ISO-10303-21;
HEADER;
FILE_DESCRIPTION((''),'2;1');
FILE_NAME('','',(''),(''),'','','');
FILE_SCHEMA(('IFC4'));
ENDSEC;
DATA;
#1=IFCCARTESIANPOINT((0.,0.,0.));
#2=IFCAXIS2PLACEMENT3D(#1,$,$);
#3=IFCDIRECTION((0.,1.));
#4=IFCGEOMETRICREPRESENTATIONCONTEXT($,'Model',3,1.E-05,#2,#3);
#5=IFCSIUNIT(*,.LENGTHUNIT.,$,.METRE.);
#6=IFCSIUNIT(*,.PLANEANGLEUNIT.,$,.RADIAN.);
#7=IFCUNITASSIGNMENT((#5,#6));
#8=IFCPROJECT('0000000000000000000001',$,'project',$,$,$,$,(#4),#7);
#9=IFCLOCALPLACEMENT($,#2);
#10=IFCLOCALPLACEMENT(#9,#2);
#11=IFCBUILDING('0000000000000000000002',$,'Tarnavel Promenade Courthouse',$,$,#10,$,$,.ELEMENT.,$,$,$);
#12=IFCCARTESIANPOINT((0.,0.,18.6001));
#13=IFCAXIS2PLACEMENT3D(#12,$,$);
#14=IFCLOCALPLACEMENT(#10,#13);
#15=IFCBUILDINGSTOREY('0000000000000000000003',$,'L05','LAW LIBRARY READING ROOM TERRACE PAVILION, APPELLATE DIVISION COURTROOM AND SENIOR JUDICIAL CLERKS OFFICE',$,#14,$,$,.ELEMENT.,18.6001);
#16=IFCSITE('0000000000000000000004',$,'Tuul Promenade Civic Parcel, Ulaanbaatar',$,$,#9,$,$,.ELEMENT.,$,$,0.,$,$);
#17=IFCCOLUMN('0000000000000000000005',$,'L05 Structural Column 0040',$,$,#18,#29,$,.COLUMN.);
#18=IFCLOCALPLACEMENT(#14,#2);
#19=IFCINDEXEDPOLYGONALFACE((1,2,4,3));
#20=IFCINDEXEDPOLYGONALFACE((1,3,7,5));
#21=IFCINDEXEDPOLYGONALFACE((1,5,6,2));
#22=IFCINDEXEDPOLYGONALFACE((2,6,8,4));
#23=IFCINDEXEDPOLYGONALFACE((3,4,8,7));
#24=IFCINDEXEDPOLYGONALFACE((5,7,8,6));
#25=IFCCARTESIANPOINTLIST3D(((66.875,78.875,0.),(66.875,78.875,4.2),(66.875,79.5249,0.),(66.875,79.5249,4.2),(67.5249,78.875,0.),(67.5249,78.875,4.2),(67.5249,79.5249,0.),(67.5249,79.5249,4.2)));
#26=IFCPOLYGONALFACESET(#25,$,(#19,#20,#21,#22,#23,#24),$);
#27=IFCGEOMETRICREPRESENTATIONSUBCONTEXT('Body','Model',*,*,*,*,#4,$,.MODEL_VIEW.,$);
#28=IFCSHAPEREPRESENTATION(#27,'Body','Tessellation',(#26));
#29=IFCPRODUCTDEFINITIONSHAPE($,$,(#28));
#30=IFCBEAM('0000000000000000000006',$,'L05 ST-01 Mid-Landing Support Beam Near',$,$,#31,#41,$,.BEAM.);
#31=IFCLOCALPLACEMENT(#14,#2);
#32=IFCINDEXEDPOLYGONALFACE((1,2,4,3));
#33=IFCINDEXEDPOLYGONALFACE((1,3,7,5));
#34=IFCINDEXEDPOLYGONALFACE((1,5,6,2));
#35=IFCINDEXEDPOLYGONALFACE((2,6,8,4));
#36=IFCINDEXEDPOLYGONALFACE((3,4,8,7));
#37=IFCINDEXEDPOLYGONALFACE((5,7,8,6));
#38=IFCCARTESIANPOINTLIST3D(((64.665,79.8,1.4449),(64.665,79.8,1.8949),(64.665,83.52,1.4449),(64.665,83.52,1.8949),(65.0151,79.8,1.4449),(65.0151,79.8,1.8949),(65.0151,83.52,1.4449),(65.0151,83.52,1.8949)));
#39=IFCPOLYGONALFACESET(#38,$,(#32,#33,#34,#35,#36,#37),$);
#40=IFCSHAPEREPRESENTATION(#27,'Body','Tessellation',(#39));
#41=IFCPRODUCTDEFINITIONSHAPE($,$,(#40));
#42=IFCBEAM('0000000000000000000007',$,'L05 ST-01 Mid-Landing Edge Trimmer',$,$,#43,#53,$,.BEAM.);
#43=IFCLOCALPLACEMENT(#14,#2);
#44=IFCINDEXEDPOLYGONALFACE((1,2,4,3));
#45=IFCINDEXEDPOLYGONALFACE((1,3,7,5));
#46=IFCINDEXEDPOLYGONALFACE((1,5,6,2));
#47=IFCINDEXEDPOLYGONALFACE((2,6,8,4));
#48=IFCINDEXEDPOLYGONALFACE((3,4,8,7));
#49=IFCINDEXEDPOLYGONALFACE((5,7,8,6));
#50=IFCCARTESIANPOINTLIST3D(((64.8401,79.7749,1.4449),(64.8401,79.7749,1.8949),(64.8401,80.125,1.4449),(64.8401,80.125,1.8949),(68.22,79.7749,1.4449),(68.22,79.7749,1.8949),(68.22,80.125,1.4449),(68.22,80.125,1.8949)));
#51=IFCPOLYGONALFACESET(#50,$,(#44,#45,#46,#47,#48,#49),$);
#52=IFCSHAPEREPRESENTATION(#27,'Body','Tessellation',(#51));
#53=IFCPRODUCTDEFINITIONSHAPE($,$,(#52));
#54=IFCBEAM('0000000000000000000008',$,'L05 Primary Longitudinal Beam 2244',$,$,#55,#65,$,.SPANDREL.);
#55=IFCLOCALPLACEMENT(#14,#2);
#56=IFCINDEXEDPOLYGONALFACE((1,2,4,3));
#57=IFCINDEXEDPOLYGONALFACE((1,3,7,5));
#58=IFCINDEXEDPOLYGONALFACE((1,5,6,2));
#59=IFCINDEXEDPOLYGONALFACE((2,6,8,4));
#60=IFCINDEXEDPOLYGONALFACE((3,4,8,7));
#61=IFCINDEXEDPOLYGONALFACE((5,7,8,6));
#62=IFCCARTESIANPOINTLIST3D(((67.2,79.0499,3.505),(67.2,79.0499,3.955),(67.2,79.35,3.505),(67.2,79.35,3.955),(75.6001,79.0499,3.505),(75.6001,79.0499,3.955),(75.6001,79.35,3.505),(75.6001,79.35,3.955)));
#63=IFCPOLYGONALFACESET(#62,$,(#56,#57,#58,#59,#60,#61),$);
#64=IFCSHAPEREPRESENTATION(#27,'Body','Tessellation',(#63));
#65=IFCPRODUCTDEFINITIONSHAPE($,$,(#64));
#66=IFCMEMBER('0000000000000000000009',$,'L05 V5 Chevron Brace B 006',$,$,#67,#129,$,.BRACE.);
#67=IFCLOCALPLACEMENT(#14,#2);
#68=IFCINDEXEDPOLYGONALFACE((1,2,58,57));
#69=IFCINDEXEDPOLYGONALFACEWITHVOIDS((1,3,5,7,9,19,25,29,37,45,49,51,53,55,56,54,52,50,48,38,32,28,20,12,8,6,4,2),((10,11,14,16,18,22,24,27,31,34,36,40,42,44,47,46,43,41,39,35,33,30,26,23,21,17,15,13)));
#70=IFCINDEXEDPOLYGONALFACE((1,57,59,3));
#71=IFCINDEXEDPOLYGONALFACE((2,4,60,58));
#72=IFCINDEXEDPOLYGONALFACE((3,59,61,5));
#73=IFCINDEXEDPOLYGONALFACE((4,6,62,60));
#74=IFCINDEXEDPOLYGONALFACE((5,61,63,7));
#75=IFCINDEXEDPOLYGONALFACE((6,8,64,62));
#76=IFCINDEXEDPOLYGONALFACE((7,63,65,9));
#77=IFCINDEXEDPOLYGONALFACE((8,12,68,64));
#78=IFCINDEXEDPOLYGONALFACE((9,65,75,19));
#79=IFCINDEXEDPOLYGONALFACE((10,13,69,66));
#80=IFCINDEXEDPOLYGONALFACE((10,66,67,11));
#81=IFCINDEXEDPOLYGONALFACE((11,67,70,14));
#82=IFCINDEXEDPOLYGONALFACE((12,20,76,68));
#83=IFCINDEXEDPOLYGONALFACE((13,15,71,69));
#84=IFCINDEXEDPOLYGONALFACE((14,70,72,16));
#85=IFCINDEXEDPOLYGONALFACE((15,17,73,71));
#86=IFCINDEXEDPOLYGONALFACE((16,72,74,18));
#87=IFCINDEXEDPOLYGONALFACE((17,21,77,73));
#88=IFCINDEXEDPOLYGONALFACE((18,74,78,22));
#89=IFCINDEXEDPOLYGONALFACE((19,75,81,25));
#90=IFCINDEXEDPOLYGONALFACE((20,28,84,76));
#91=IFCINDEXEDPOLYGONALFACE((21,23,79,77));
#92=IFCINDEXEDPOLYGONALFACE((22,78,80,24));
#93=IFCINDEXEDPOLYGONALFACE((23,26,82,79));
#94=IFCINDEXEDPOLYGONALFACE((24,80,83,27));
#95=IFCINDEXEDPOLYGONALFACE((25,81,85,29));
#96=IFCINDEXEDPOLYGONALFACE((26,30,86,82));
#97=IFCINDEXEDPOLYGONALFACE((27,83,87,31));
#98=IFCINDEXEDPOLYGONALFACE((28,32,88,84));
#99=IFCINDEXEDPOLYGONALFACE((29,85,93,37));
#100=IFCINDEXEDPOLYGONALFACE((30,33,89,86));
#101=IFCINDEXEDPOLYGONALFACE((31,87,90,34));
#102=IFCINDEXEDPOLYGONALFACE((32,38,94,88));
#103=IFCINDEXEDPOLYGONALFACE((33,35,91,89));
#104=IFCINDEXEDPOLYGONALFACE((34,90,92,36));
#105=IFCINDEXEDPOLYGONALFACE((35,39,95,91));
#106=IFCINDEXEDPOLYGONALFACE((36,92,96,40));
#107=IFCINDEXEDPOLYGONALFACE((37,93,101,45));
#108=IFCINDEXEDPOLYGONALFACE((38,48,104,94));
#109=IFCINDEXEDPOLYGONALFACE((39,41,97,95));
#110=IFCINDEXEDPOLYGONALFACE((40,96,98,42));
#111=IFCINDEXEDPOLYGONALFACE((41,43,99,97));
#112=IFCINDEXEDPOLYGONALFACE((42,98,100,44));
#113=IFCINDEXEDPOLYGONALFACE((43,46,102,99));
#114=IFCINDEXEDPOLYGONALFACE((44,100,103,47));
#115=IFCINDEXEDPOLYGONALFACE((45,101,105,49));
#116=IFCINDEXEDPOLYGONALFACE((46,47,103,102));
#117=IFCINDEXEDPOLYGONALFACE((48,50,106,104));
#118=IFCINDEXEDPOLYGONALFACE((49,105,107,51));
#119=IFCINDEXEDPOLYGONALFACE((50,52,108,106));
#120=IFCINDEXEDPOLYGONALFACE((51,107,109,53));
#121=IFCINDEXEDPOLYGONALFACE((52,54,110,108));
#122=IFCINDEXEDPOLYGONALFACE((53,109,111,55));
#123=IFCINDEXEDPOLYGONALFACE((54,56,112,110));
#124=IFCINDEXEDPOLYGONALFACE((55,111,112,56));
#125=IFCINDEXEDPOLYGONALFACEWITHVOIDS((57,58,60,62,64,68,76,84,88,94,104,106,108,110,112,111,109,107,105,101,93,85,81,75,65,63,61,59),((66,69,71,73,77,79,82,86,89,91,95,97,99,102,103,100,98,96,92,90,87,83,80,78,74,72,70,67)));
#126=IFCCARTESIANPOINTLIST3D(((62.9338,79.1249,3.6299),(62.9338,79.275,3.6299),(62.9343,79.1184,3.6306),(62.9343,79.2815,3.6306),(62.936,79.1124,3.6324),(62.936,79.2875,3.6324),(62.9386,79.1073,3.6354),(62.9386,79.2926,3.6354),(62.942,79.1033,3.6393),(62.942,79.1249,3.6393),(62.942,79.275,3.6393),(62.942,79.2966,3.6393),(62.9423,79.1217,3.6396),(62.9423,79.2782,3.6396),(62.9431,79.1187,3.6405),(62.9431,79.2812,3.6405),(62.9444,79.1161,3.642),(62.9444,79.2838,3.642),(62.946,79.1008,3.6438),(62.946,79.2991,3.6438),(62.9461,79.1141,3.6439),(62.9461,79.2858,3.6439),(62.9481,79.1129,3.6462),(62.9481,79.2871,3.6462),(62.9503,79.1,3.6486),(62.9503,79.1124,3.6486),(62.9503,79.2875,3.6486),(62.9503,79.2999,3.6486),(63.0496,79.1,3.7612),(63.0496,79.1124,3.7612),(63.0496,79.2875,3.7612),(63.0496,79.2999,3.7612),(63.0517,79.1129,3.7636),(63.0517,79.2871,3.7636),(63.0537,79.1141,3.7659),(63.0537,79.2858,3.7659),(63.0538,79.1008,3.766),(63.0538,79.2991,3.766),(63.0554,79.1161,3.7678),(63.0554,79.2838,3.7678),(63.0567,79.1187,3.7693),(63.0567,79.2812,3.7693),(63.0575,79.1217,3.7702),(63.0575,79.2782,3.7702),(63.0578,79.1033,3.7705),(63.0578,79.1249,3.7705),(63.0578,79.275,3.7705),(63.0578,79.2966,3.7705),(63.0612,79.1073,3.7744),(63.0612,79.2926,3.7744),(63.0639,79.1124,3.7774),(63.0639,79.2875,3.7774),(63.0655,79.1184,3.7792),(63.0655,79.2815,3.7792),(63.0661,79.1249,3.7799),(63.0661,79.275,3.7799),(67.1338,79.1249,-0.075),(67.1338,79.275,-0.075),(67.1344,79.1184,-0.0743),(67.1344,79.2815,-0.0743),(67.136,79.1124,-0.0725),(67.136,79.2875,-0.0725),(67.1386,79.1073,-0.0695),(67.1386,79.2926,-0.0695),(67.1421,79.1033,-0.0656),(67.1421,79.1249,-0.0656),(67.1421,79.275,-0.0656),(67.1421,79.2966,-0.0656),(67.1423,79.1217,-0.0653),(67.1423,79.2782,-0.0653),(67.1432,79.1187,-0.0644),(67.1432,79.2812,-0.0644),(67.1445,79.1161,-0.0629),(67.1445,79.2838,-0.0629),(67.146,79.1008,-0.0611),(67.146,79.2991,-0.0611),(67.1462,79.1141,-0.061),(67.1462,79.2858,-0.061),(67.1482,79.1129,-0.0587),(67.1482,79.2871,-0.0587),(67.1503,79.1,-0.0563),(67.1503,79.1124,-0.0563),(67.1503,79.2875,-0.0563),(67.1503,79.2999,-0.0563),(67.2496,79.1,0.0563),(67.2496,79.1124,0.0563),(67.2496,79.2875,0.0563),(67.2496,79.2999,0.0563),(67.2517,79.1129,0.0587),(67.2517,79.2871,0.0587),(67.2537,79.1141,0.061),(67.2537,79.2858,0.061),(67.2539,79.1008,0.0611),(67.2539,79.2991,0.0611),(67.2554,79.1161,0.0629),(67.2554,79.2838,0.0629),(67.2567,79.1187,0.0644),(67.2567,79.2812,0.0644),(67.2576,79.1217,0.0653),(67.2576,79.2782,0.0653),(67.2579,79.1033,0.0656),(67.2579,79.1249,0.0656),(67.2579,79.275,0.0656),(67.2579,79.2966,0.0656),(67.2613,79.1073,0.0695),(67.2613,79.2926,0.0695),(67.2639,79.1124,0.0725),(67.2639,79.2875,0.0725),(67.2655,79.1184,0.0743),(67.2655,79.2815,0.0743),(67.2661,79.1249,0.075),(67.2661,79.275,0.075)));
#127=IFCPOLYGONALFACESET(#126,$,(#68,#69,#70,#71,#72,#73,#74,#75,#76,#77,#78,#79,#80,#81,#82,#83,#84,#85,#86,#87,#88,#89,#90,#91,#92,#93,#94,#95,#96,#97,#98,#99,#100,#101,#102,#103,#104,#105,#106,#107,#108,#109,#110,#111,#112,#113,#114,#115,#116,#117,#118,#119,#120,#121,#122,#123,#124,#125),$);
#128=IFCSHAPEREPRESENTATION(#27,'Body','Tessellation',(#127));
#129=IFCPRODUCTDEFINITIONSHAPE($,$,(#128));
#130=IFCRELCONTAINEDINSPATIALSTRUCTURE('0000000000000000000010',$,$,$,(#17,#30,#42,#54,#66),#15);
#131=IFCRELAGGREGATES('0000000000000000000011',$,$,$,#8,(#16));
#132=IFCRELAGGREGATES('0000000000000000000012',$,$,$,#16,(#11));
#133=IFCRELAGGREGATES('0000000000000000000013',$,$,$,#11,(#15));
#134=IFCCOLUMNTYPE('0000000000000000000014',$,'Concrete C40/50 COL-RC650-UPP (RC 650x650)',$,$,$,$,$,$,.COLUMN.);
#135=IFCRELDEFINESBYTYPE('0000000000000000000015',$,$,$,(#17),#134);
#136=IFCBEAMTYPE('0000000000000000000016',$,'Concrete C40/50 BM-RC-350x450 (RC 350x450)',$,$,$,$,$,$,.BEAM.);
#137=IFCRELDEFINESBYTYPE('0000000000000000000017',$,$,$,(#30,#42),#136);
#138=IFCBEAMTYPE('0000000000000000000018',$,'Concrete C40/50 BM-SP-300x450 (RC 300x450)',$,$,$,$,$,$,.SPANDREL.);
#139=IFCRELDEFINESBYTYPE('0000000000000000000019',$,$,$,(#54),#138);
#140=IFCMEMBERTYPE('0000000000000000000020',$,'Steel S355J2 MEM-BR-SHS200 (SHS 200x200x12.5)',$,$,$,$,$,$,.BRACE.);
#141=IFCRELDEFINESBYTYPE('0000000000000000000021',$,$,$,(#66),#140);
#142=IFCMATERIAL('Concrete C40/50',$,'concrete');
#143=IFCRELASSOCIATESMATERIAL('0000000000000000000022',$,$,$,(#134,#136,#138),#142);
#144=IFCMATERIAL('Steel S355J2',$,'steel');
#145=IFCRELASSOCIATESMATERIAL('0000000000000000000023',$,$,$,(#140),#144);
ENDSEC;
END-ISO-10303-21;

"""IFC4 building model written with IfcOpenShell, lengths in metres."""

from ifc_helpers import new_model, si_unit, direction, frame, origin, origin_2d, place, context, subcontext, project, spatial, rectangle, hollow_rectangle, extrude, material, material_profile, profile_set, type_object, element, save


model = new_model("IFC4")

# Units and contexts
model_context = context("Model", 3, precision=1e-05, world=origin(), true_north=direction((0.0, 1.0)))
body_context = subcontext(model_context, "Body", "Model", "MODEL_VIEW")
ifc_project = project(units=[si_unit("LENGTHUNIT", "METRE"), si_unit("PLANEANGLEUNIT", "RADIAN")], contexts=[model_context])

# Site, building, storey
site_placement = place(None, origin())
site = spatial("IfcSite", under=ifc_project, at=site_placement, Name="Tuul Promenade Civic Parcel, Ulaanbaatar", CompositionType="ELEMENT", RefElevation=0.0)
building_placement = place(site_placement, origin())
building = spatial("IfcBuilding", under=site, at=building_placement, Name="Tarnavel Promenade Courthouse", CompositionType="ELEMENT")
storey_placement = place(building_placement, frame((0.0, 0.0, 18.6001)))
storey = spatial("IfcBuildingStorey", under=building, at=storey_placement, Name="L05", Description="LAW LIBRARY READING ROOM TERRACE PAVILION, APPELLATE DIVISION COURTROOM AND SENIOR JUDICIAL CLERKS OFFICE", CompositionType="ELEMENT", Elevation=18.6001)

# Column
ifc_material_1 = material(Name="Concrete C40/50", Category="concrete")
ifc_material_profile_1 = material_profile(ifc_material_1, rectangle(XDim=0.6499, YDim=0.6499, at=origin_2d()), Name="RC 650x650")
ifc_profile_set_1 = profile_set([ifc_material_profile_1], Name="Concrete C40/50")
column_type = type_object("IfcColumnType", Name="Concrete C40/50 COL-RC650-UPP (RC 650x650)", PredefinedType="COLUMN", material=ifc_profile_set_1)
column_placement = place(storey_placement, frame((67.2, 79.2, 0.0), z_axis=(0.0, 0.0, 1.0), x_axis=(1.0, 0.0, 0.0)))
element("IfcColumn", 1, at=column_placement, inside=storey, type_object=column_type, Name="L05 Structural Column 0040", PredefinedType="COLUMN", context=body_context, shape_type="SweptSolid", body=[
    extrude(rectangle(XDim=0.6499, YDim=0.6499, at=origin_2d()), origin(), (0.0, 0.0, 1.0), 4.2),
])

# Beams
ifc_material_profile_2 = material_profile(ifc_material_1, rectangle(XDim=0.3501, YDim=0.45, at=origin_2d()), Name="RC 350x450")
ifc_profile_set_2 = profile_set([ifc_material_profile_2], Name="Concrete C40/50")
beam_type_1 = type_object("IfcBeamType", Name="Concrete C40/50 BM-RC-350x450 (RC 350x450)", PredefinedType="BEAM", material=ifc_profile_set_2)
beam_1_placement = place(storey_placement, frame((64.8401, 79.8, 1.6699), z_axis=(0.0, 1.0, 0.0), x_axis=(-1.0, 0.0, 0.0)))
element("IfcBeam", 2, at=beam_1_placement, inside=storey, type_object=beam_type_1, Name="L05 ST-01 Mid-Landing Support Beam Near", PredefinedType="BEAM", context=body_context, shape_type="SweptSolid", body=[
    extrude(rectangle(XDim=0.3501, YDim=0.45, at=origin_2d()), origin(), (0.0, 0.0, 1.0), 3.72),
])
beam_2_placement = place(storey_placement, frame((64.8401, 79.95, 1.6699), z_axis=(1.0, 0.0, 0.0), x_axis=(0.0, 1.0, 0.0)))
element("IfcBeam", 3, at=beam_2_placement, inside=storey, type_object=beam_type_1, Name="L05 ST-01 Mid-Landing Edge Trimmer", PredefinedType="BEAM", context=body_context, shape_type="SweptSolid", body=[
    extrude(rectangle(XDim=0.3501, YDim=0.45, at=origin_2d()), origin(), (0.0, 0.0, 1.0), 3.3799),
])
ifc_material_profile_3 = material_profile(ifc_material_1, rectangle(XDim=0.3, YDim=0.45, at=origin_2d()), Name="RC 300x450")
ifc_profile_set_3 = profile_set([ifc_material_profile_3], Name="Concrete C40/50")
beam_type_2 = type_object("IfcBeamType", Name="Concrete C40/50 BM-SP-300x450 (RC 300x450)", PredefinedType="SPANDREL", material=ifc_profile_set_3)
beam_3_placement = place(storey_placement, frame((67.2, 79.2, 3.73), z_axis=(1.0, 0.0, 0.0), x_axis=(0.0, 1.0, 0.0)))
element("IfcBeam", 4, at=beam_3_placement, inside=storey, type_object=beam_type_2, Name="L05 Primary Longitudinal Beam 2244", PredefinedType="SPANDREL", context=body_context, shape_type="SweptSolid", body=[
    extrude(rectangle(XDim=0.3, YDim=0.45, at=origin_2d()), origin(), (0.0, 0.0, 1.0), 8.4001),
])

# Member
ifc_material_2 = material(Name="Steel S355J2", Category="steel")
ifc_material_profile_4 = material_profile(ifc_material_2, hollow_rectangle(XDim=0.2, YDim=0.2, WallThickness=0.0125, InnerFilletRadius=0.0125, OuterFilletRadius=0.0249, at=origin_2d()), Name="SHS 200x200x12.5")
ifc_profile_set_4 = profile_set([ifc_material_profile_4], Name="Steel S355J2")
member_type_1 = type_object("IfcMemberType", Name="Steel S355J2 MEM-BR-SHS200 (SHS 200x200x12.5)", PredefinedType="BRACE", material=ifc_profile_set_4)
member_1_placement = place(storey_placement, frame((67.2, 79.2, 0.0), z_axis=(-0.749927, 0.0, 0.661521), x_axis=(0.0, -1.0, 0.0)))
element("IfcMember", 5, at=member_1_placement, inside=storey, type_object=member_type_1, Name="L05 V5 Chevron Brace B 006", PredefinedType="BRACE", context=body_context, shape_type="SweptSolid", body=[
    extrude(hollow_rectangle(XDim=0.2, YDim=0.2, WallThickness=0.0125, InnerFilletRadius=0.0125, OuterFilletRadius=0.0249, at=origin_2d()), origin(), (0.0, 0.0, 1.0), 5.6006),
])

save(model, "model.ifc")
